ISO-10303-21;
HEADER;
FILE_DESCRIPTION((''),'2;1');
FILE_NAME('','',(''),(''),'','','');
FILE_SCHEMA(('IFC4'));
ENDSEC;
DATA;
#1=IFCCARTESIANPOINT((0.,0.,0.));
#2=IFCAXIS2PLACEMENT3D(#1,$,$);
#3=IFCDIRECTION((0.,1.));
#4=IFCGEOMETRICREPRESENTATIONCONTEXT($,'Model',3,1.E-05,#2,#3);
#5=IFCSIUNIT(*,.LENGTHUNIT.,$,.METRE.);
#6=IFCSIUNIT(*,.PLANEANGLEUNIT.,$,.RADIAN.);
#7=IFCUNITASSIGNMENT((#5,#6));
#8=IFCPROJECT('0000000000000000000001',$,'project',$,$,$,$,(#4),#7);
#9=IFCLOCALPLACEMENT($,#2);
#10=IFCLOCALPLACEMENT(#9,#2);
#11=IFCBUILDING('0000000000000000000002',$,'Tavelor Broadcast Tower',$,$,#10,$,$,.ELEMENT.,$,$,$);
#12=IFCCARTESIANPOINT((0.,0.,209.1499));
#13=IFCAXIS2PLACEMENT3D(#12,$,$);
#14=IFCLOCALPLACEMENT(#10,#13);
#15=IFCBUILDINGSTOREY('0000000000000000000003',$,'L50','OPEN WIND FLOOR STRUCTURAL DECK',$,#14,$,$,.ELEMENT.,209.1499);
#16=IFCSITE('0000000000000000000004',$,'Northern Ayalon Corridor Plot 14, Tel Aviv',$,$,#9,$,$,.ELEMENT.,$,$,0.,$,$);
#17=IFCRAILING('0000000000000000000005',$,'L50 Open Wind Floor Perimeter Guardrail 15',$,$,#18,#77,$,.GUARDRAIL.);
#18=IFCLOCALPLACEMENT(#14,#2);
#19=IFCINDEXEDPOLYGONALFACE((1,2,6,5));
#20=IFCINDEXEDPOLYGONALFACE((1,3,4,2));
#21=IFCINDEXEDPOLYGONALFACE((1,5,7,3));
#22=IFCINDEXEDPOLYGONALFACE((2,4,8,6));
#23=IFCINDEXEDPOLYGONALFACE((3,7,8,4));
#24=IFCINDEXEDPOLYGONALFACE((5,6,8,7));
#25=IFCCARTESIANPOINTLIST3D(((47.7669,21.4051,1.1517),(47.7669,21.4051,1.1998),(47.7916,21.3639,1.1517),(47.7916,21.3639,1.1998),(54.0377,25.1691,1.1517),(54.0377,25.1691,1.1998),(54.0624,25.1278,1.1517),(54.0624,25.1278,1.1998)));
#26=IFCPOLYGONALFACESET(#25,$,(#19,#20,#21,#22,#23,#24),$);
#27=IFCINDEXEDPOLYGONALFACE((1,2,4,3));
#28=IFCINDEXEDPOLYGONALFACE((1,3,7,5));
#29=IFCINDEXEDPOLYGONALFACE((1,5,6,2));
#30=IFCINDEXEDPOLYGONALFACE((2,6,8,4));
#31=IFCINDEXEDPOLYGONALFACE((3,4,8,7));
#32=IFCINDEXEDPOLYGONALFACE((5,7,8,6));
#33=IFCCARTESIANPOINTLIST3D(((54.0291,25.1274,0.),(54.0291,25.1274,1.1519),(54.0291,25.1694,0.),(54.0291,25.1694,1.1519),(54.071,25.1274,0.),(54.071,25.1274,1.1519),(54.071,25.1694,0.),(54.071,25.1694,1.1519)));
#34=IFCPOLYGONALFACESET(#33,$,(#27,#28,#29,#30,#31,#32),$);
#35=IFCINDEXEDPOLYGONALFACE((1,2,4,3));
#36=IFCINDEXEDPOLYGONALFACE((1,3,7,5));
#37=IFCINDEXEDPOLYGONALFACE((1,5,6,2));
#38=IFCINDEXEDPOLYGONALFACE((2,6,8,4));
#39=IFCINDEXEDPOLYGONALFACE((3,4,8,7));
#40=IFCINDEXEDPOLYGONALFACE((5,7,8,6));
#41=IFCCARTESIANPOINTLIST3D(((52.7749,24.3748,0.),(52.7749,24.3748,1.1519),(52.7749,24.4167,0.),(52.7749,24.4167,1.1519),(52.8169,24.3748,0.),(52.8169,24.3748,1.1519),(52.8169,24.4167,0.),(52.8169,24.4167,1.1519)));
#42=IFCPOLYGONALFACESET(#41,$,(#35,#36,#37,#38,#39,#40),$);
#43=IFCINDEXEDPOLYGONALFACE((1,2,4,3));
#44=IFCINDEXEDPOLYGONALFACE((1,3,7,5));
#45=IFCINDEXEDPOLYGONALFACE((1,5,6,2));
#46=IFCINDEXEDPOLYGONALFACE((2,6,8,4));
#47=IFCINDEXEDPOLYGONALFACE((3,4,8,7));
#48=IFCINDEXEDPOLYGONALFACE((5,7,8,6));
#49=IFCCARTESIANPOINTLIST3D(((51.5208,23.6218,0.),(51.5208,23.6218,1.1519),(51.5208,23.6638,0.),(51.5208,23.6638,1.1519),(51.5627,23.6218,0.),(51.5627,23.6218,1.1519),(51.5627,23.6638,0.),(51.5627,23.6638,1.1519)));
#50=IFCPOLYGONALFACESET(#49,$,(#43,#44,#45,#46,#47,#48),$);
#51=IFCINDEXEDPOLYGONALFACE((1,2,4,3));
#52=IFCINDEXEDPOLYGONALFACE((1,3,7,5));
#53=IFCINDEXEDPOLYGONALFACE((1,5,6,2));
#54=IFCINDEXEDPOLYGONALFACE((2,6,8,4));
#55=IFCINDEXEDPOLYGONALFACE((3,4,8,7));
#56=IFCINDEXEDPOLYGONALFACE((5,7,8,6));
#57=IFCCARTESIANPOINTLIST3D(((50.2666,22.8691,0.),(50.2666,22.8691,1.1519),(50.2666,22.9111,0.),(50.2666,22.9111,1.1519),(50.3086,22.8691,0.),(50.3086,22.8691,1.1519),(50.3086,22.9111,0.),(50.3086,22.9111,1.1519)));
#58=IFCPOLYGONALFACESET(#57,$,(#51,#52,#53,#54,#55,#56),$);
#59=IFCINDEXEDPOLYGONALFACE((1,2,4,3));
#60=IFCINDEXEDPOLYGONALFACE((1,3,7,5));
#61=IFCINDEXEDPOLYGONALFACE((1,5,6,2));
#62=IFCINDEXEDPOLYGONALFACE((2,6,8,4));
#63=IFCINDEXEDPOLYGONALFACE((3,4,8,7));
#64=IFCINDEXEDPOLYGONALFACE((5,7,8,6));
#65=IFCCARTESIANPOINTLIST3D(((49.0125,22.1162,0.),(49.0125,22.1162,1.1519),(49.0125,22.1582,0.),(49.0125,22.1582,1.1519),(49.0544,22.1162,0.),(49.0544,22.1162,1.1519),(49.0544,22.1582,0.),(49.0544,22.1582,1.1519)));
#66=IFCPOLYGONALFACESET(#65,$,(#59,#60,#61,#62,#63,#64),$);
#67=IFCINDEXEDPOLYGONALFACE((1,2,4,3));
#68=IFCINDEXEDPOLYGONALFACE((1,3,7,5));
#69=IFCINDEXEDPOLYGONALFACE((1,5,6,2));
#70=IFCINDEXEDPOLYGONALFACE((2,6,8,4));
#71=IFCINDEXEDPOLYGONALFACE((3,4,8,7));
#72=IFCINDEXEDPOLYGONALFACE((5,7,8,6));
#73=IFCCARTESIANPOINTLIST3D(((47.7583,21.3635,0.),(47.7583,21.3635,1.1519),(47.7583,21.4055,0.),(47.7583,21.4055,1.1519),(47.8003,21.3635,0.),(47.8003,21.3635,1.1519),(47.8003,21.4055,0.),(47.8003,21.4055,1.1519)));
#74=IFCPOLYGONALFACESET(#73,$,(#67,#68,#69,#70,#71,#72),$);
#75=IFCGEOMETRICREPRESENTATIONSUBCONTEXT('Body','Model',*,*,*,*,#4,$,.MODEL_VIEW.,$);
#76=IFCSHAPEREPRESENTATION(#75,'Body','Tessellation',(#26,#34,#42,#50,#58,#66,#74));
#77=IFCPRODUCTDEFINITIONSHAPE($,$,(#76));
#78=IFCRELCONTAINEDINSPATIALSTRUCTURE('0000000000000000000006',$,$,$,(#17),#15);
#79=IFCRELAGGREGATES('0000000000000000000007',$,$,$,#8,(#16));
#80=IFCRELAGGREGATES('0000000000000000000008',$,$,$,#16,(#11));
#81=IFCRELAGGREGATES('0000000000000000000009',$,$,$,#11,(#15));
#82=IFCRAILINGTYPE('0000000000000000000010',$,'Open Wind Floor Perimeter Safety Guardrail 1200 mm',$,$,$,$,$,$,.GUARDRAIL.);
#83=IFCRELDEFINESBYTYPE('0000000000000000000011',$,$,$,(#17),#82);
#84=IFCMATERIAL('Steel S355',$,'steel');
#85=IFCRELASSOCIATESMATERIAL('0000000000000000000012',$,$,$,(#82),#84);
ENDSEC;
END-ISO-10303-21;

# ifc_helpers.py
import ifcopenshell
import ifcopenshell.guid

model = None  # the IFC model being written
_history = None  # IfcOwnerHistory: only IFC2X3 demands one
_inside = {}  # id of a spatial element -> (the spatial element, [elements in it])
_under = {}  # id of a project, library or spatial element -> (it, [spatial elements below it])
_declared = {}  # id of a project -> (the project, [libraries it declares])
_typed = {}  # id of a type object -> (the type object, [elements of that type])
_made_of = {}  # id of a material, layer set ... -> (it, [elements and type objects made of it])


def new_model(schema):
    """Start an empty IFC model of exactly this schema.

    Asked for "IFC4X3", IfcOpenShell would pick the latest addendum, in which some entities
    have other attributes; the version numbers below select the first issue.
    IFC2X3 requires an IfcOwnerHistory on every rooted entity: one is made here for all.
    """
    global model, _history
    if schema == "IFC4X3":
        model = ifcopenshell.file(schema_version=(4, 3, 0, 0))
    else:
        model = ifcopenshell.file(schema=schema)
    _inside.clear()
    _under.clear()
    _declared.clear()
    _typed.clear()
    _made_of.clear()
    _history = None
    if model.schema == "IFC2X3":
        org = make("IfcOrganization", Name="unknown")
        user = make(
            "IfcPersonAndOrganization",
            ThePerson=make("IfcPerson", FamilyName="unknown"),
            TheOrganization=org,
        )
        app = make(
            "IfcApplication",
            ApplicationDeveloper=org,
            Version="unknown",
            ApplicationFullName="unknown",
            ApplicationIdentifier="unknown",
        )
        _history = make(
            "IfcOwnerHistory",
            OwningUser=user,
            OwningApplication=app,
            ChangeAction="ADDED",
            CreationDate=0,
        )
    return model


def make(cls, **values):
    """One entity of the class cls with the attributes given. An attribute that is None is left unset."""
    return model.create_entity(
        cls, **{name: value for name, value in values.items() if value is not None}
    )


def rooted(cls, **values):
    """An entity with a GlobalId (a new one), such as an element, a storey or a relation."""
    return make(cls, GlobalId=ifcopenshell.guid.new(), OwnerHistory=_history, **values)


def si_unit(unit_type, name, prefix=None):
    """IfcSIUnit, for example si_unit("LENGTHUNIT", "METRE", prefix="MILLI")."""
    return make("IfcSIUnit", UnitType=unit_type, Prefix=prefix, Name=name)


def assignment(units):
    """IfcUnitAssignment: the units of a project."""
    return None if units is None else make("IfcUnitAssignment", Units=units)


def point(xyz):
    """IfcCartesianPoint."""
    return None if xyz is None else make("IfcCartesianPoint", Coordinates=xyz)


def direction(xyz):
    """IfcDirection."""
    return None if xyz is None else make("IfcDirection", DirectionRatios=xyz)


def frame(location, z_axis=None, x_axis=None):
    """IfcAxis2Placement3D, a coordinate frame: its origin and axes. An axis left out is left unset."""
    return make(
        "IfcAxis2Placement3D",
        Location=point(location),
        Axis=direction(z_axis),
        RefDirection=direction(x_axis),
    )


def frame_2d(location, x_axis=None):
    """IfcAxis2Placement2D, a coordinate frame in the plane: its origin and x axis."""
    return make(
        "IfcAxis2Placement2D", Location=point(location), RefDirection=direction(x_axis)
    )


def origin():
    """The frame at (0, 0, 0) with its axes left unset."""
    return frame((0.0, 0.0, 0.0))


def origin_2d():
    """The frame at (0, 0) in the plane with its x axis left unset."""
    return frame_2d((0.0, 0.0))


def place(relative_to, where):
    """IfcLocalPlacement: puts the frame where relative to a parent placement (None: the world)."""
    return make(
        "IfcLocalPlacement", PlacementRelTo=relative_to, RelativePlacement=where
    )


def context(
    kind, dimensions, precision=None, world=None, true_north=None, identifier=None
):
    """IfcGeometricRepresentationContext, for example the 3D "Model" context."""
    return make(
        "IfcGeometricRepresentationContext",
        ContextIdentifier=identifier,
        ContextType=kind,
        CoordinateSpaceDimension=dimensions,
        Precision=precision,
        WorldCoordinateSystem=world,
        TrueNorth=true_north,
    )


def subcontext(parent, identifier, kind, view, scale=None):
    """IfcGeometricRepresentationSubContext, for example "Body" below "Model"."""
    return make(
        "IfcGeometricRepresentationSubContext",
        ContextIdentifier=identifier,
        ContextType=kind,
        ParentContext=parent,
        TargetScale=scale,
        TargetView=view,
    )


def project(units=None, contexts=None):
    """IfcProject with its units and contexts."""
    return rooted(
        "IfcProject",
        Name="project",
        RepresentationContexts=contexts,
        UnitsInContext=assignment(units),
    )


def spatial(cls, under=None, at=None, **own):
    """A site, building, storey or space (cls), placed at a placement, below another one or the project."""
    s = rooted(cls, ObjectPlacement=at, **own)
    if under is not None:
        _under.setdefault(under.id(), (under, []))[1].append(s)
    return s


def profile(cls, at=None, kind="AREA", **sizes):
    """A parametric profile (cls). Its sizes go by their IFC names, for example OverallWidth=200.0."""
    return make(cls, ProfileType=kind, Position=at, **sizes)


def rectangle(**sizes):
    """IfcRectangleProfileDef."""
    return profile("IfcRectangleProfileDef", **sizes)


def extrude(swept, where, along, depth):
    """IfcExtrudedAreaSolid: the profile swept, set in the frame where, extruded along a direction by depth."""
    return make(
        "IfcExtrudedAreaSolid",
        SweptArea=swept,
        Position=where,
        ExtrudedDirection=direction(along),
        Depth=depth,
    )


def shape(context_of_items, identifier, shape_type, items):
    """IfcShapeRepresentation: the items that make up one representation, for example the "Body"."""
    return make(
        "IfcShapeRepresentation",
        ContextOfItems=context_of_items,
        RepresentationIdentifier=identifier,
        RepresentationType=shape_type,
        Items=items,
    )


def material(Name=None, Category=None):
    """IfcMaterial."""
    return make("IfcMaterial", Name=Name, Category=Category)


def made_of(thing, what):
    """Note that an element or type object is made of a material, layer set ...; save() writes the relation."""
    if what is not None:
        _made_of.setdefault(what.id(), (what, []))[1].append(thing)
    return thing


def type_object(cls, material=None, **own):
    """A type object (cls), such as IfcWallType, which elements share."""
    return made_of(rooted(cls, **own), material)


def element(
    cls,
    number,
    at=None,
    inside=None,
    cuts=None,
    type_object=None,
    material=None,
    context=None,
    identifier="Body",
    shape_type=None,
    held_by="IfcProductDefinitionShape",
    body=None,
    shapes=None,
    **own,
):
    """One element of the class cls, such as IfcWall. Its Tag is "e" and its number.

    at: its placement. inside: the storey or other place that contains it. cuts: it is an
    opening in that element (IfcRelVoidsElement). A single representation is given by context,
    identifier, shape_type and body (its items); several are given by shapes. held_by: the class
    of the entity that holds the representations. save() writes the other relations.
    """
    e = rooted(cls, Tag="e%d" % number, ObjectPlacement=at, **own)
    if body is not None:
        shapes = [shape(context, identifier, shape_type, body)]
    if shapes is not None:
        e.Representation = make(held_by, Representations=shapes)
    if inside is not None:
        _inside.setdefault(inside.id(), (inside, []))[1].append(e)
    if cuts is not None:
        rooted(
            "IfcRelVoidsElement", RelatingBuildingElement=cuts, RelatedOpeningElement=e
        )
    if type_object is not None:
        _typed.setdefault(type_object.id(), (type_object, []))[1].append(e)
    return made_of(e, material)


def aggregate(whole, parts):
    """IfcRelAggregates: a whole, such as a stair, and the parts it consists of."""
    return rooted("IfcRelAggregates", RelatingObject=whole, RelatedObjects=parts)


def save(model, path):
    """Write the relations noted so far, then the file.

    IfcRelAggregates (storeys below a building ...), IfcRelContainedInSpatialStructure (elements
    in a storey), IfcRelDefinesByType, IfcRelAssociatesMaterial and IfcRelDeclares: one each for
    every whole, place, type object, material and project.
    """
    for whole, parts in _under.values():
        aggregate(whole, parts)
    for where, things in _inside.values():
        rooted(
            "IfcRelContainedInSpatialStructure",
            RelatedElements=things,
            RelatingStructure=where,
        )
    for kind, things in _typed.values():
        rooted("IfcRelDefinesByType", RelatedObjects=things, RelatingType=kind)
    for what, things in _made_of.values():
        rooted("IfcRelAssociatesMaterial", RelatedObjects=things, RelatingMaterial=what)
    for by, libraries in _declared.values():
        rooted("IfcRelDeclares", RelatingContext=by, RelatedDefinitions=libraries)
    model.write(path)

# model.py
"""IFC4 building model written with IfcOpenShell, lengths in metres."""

from ifc_helpers import new_model, si_unit, direction, frame, origin, origin_2d, place, context, subcontext, project, spatial, rectangle, extrude, material, type_object, element, save


model = new_model("IFC4")

# Units and contexts
model_context = context("Model", 3, precision=1e-05, world=origin(), true_north=direction((0.0, 1.0)))
body_context = subcontext(model_context, "Body", "Model", "MODEL_VIEW")
ifc_project = project(units=[si_unit("LENGTHUNIT", "METRE"), si_unit("PLANEANGLEUNIT", "RADIAN")], contexts=[model_context])

# Site, building, storey
site_placement = place(None, origin())
site = spatial("IfcSite", under=ifc_project, at=site_placement, Name="Northern Ayalon Corridor Plot 14, Tel Aviv", CompositionType="ELEMENT", RefElevation=0.0)
building_placement = place(site_placement, origin())
building = spatial("IfcBuilding", under=site, at=building_placement, Name="Tavelor Broadcast Tower", CompositionType="ELEMENT")
storey_placement = place(building_placement, frame((0.0, 0.0, 209.1499)))
storey = spatial("IfcBuildingStorey", under=building, at=storey_placement, Name="L50", Description="OPEN WIND FLOOR STRUCTURAL DECK", CompositionType="ELEMENT", Elevation=209.1499)

# Railing
ifc_material_1 = material(Name="Steel S355", Category="steel")
railing_type = type_object("IfcRailingType", Name="Open Wind Floor Perimeter Safety Guardrail 1200 mm", PredefinedType="GUARDRAIL", material=ifc_material_1)
railing_placement = place(storey_placement, frame((54.05, 25.1484, 0.0)))
element("IfcRailing", 1, at=railing_placement, inside=storey, type_object=railing_type, Name="L50 Open Wind Floor Perimeter Guardrail 15", PredefinedType="GUARDRAIL", context=body_context, shape_type="SweptSolid", body=[
    extrude(rectangle(XDim=0.0481, YDim=0.0481, at=origin_2d()), frame((0.0, 0.0, 1.1758), z_axis=(-0.857405, -0.514643, 0.0), x_axis=(0.514643, -0.857405, 0.0)), (0.0, 0.0, 1.0), 7.3137),
    extrude(rectangle(XDim=0.042, YDim=0.042, at=origin_2d()), origin(), (0.0, 0.0, 1.0), 1.1519),
    extrude(rectangle(XDim=0.042, YDim=0.042, at=origin_2d()), frame((-1.2542, -0.7527, 0.0)), (0.0, 0.0, 1.0), 1.1519),
    extrude(rectangle(XDim=0.042, YDim=0.042, at=origin_2d()), frame((-2.5083, -1.5056, 0.0)), (0.0, 0.0, 1.0), 1.1519),
    extrude(rectangle(XDim=0.042, YDim=0.042, at=origin_2d()), frame((-3.7625, -2.2583, 0.0)), (0.0, 0.0, 1.0), 1.1519),
    extrude(rectangle(XDim=0.042, YDim=0.042, at=origin_2d()), frame((-5.0166, -3.0112, 0.0)), (0.0, 0.0, 1.0), 1.1519),
    extrude(rectangle(XDim=0.042, YDim=0.042, at=origin_2d()), frame((-6.2708, -3.7639, 0.0)), (0.0, 0.0, 1.0), 1.1519),
])

save(model, "model.ifc")
